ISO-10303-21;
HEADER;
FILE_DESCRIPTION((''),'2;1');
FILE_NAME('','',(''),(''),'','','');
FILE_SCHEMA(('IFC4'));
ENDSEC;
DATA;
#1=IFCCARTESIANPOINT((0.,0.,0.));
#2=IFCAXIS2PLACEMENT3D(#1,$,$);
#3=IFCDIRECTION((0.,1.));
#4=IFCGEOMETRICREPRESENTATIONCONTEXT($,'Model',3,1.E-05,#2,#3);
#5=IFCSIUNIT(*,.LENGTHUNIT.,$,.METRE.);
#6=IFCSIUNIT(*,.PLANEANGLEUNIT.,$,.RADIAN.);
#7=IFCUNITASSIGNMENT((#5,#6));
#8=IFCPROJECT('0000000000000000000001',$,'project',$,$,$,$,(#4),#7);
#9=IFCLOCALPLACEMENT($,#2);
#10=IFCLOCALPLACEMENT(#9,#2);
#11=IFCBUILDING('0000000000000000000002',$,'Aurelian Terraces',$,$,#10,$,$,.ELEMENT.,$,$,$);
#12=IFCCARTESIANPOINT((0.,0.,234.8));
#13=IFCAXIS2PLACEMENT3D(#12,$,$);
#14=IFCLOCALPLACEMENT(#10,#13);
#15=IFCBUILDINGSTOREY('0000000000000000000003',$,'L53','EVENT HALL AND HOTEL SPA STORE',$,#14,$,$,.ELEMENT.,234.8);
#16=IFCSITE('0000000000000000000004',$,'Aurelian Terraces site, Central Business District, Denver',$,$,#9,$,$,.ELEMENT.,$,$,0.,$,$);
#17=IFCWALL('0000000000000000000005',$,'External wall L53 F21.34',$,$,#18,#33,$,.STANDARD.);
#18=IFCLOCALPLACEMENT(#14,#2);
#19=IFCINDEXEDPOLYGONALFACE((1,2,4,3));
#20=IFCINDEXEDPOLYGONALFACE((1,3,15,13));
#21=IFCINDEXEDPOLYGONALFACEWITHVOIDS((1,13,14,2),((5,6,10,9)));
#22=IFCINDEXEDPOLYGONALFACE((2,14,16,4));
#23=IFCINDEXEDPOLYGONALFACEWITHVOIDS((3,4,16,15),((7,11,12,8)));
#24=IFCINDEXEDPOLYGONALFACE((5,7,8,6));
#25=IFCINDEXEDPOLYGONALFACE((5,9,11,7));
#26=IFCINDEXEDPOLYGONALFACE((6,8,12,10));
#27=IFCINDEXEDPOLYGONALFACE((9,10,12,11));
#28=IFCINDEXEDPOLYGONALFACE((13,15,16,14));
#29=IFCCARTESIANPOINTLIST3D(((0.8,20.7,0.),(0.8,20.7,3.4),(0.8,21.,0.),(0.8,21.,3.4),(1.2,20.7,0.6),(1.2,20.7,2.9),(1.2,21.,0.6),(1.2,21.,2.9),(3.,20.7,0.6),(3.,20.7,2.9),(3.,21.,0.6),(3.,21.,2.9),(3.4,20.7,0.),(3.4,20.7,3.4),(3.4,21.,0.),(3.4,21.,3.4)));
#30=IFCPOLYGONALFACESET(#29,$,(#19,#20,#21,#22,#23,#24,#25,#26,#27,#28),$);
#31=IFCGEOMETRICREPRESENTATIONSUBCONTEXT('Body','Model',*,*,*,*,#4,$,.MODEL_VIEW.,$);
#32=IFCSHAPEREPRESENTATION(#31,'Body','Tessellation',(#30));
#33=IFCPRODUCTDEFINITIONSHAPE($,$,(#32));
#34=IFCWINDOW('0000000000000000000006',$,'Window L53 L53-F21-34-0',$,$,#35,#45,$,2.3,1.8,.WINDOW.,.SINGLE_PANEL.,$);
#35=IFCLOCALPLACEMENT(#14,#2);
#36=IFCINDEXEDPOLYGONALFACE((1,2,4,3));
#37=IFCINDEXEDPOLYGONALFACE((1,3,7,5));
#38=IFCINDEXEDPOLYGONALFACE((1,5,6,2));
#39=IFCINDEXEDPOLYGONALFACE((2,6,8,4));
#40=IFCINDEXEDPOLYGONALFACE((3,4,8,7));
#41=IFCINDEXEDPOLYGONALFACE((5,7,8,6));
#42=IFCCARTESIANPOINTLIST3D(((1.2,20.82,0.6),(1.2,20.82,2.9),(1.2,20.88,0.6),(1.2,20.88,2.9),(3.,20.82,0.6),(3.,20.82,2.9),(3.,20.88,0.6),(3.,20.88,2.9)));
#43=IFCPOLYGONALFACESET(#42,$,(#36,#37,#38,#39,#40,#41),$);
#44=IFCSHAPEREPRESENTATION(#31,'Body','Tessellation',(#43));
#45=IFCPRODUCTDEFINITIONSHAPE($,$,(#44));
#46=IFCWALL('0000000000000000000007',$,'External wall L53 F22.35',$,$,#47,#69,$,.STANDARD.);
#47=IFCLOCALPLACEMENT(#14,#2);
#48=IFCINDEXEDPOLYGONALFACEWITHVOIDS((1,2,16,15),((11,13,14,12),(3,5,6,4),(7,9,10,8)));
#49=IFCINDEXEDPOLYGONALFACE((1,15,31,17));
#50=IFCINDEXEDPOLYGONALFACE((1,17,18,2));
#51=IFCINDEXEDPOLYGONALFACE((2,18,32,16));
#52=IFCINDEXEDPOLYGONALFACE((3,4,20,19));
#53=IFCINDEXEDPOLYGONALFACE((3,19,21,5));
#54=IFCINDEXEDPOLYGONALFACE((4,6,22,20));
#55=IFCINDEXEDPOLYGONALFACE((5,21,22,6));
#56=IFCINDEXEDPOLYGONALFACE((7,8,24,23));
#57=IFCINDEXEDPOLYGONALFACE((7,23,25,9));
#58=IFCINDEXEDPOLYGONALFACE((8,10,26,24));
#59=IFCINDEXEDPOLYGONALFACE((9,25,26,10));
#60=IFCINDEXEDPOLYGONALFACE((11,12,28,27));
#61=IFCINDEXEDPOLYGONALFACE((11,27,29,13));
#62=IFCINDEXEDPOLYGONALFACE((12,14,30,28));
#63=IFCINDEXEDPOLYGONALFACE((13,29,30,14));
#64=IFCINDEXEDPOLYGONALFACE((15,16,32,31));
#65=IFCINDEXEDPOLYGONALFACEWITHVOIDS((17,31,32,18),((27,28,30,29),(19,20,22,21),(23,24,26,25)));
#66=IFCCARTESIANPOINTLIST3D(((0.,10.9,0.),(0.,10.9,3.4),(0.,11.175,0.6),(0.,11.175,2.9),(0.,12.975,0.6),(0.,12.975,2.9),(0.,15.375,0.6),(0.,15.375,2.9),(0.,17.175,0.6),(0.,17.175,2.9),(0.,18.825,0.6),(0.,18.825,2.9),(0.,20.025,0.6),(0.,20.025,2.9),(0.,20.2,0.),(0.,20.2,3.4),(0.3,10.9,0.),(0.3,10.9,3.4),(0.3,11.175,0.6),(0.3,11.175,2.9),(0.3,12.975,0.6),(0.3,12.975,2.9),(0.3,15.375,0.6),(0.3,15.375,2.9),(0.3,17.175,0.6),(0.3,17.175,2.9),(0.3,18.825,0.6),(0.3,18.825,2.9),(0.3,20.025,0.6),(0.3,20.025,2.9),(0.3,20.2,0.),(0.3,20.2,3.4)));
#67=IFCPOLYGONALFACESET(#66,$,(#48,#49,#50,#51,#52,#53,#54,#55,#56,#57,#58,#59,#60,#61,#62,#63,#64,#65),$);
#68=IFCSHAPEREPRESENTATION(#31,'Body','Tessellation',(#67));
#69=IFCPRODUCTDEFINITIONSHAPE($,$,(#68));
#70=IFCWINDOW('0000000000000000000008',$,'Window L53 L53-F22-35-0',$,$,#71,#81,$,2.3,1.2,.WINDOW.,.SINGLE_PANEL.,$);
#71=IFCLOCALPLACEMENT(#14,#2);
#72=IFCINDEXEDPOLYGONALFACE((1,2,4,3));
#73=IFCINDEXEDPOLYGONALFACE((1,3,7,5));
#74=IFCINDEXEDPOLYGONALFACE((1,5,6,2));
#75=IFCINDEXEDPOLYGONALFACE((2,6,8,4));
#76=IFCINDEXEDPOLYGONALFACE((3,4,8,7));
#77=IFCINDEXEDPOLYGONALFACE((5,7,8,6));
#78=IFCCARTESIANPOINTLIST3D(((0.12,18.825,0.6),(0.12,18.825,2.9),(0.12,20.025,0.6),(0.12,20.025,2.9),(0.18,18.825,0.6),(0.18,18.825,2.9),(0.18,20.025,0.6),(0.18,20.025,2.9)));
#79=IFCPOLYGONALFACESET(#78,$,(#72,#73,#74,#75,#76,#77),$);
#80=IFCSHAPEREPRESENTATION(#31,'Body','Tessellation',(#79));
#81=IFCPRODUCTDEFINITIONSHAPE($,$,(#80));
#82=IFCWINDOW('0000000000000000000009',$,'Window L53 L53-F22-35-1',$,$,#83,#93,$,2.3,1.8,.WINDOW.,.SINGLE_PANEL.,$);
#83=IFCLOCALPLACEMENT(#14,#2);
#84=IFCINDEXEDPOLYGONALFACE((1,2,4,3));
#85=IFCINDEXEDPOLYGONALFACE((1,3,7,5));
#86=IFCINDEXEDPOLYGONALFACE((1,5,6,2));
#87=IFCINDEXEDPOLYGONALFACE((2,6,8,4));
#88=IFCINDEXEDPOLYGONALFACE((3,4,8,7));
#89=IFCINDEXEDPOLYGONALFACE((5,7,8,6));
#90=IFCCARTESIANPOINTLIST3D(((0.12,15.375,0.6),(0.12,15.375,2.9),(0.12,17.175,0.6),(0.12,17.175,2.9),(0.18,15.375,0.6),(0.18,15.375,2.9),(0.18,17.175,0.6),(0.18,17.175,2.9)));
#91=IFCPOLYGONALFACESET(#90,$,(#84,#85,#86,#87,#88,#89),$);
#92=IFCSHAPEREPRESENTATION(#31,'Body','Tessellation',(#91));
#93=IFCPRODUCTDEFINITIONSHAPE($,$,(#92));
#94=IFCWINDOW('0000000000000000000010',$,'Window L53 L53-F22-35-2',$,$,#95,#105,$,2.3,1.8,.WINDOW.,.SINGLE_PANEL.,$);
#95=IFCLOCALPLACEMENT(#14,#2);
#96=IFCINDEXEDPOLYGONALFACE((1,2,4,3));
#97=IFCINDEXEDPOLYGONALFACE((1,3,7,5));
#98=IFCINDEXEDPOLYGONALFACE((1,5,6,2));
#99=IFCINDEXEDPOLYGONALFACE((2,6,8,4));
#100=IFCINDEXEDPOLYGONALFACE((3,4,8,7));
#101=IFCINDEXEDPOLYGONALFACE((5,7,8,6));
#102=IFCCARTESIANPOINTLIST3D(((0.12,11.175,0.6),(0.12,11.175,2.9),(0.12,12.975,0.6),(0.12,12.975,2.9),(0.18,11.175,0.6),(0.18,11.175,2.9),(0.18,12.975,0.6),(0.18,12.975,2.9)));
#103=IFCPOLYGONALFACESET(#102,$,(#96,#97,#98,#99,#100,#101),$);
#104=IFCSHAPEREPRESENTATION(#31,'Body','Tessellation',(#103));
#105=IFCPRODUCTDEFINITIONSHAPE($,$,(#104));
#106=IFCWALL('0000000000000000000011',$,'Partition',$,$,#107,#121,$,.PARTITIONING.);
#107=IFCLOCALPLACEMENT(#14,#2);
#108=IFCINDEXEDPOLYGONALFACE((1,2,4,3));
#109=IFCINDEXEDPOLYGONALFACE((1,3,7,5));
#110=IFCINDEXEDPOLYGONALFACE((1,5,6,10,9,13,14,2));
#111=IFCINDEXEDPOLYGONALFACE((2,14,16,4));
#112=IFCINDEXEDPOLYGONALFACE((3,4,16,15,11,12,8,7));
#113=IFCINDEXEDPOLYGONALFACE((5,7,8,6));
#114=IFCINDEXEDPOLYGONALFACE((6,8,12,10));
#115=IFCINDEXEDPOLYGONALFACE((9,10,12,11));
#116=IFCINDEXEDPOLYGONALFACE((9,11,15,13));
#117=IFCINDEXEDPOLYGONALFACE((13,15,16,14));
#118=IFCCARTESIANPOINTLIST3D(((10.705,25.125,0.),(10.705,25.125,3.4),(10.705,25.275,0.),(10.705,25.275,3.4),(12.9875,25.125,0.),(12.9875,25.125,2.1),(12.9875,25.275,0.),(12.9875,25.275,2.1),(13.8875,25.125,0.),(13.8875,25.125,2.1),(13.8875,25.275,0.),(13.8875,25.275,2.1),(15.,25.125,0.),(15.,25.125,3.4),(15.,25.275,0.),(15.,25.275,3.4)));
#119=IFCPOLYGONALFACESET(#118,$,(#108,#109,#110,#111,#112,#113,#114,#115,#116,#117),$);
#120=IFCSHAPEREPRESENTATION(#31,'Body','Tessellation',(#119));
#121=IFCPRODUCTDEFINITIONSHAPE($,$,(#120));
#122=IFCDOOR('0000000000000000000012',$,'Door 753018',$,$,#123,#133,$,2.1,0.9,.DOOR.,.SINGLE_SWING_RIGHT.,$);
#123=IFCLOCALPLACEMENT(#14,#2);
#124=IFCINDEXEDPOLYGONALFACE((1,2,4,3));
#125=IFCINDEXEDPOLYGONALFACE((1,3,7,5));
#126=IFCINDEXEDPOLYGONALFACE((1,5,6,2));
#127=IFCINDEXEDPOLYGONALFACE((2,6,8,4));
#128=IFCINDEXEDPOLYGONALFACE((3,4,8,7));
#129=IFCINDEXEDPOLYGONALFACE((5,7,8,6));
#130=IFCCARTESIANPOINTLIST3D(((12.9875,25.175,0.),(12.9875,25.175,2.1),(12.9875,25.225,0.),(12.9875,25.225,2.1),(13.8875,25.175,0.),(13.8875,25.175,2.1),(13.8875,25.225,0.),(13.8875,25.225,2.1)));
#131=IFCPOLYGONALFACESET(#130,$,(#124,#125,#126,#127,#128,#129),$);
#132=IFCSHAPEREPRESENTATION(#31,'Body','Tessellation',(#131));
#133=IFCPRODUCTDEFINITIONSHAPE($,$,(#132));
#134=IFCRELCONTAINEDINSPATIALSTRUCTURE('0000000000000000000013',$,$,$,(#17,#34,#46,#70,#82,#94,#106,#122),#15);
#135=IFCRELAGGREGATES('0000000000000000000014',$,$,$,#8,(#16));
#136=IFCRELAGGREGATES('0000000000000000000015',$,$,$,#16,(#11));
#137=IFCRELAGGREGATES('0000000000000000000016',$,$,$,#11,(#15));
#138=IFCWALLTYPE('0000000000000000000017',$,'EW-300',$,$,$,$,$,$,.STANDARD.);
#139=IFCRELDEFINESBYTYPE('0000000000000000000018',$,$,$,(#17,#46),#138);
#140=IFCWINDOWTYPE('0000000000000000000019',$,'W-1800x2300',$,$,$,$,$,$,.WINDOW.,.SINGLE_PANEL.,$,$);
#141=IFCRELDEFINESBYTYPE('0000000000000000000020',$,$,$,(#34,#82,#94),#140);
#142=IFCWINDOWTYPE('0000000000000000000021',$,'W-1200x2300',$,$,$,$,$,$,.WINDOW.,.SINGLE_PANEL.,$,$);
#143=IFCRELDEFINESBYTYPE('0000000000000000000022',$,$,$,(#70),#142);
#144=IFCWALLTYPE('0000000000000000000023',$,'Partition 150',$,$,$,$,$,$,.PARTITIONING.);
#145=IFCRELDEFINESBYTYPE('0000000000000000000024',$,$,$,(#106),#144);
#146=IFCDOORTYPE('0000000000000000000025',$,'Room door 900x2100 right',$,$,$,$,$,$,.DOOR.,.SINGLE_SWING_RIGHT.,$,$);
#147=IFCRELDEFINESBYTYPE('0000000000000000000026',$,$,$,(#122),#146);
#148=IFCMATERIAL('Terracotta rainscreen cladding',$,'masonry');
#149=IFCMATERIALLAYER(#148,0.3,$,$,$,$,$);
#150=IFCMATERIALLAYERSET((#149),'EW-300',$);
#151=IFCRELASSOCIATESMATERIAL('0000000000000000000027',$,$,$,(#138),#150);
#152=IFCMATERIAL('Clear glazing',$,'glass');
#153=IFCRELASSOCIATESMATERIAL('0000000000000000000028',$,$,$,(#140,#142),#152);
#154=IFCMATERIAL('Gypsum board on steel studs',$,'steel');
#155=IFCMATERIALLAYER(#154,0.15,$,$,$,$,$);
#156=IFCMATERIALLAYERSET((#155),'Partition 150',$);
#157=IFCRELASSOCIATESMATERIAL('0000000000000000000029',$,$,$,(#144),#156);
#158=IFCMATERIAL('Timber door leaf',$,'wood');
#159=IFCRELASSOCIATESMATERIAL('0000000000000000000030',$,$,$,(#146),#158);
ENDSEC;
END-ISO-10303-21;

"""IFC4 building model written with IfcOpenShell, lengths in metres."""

from ifc_helpers import new_model, si_unit, direction, frame, frame_2d, origin, place, context, subcontext, project, spatial, rectangle, extrude, source, transform, mapped, material, layer, layer_set, type_object, element, fill, save


model = new_model("IFC4")

# Units and contexts
model_context = context("Model", 3, precision=1e-05, world=origin(), true_north=direction((0.0, 1.0)))
body_context = subcontext(model_context, "Body", "Model", "MODEL_VIEW")
ifc_project = project(units=[si_unit("LENGTHUNIT", "METRE"), si_unit("PLANEANGLEUNIT", "RADIAN")], contexts=[model_context])

# Site, building, storey
site_placement = place(None, origin())
site = spatial("IfcSite", under=ifc_project, at=site_placement, Name="Aurelian Terraces site, Central Business District, Denver", CompositionType="ELEMENT", RefElevation=0.0)
building_placement = place(site_placement, origin())
building = spatial("IfcBuilding", under=site, at=building_placement, Name="Aurelian Terraces", CompositionType="ELEMENT")
storey_placement = place(building_placement, frame((0.0, 0.0, 234.8)))
storey = spatial("IfcBuildingStorey", under=building, at=storey_placement, Name="L53", Description="EVENT HALL AND HOTEL SPA STORE", CompositionType="ELEMENT", Elevation=234.8)

# Shared definitions
ifc_material_1 = material(Name="Terracotta rainscreen cladding", Category="masonry")
ifc_layer_1 = layer(ifc_material_1, 0.3)
ifc_layer_set_1 = layer_set([ifc_layer_1], Name="EW-300")
wall_type_1 = type_object("IfcWallType", Name="EW-300", PredefinedType="STANDARD", material=ifc_layer_set_1)

# Shared definitions
shared_shape_1 = source(origin(), body_context, "Body", "SweptSolid", [
    extrude(rectangle(XDim=1.8, YDim=2.3, at=frame_2d((0.9, 1.15))), frame((0.0, 0.16, 0.0), z_axis=(0.0, -1.0, 0.0), x_axis=(1.0, 0.0, 0.0)), (0.0, 0.0, 1.0), 0.32),
])
ifc_material_2 = material(Name="Clear glazing", Category="glass")
window_type_1 = type_object("IfcWindowType", Name="W-1800x2300", PartitioningType="SINGLE_PANEL", PredefinedType="WINDOW", material=ifc_material_2)
shared_shape_2 = source(origin(), body_context, "Body", "SweptSolid", [
    extrude(rectangle(XDim=1.8, YDim=2.3, at=frame_2d((0.9, 1.15))), frame((0.0, 0.03, 0.0), z_axis=(0.0, -1.0, 0.0), x_axis=(1.0, 0.0, 0.0)), (0.0, 0.0, 1.0), 0.06),
])

# Wall, opening, window
shared_shape_3 = source(origin(), body_context, "Body", "SweptSolid", [
    extrude(rectangle(XDim=2.6, YDim=0.3, at=frame_2d((1.3, 0.0))), origin(), (0.0, 0.0, 1.0), 3.4),
])
wall_1_placement = place(storey_placement, frame((3.4, 20.85, 0.0), z_axis=(0.0, 0.0, 1.0), x_axis=(-1.0, 0.0, 0.0)))
wall_1 = element("IfcWall", 1, at=wall_1_placement, inside=storey, type_object=wall_type_1, Name="External wall L53 F21.34", PredefinedType="STANDARD", context=body_context, shape_type="MappedRepresentation", body=[
    mapped(shared_shape_3, transform((0.0, 0.0, 0.0), scale=1.0)),
])
opening_1_placement = place(wall_1_placement, frame((0.4, 0.0, 0.6)))
opening_1 = element("IfcOpeningElement", 2, at=opening_1_placement, cuts=wall_1, PredefinedType="OPENING", context=body_context, shape_type="MappedRepresentation", body=[
    mapped(shared_shape_1, transform((0.0, 0.0, 0.0), scale=1.0)),
])
window_1_placement = place(opening_1_placement, origin())
window_1 = element("IfcWindow", 3, at=window_1_placement, inside=storey, type_object=window_type_1, Name="Window L53 L53-F21-34-0", OverallHeight=2.3, OverallWidth=1.8, PartitioningType="SINGLE_PANEL", PredefinedType="WINDOW", context=body_context, shape_type="MappedRepresentation", body=[
    mapped(shared_shape_2, transform((0.0, 0.0, 0.0), scale=1.0)),
])
fill(opening_1, window_1)

# Wall, openings, windows
shared_shape_4 = source(origin(), body_context, "Body", "SweptSolid", [
    extrude(rectangle(XDim=9.3, YDim=0.3, at=frame_2d((4.65, 0.0))), origin(), (0.0, 0.0, 1.0), 3.4),
])
wall_2_placement = place(storey_placement, frame((0.15, 20.2, 0.0), z_axis=(0.0, 0.0, 1.0), x_axis=(0.0, -1.0, 0.0)))
wall_2 = element("IfcWall", 4, at=wall_2_placement, inside=storey, type_object=wall_type_1, Name="External wall L53 F22.35", PredefinedType="STANDARD", context=body_context, shape_type="MappedRepresentation", body=[
    mapped(shared_shape_4, transform((0.0, 0.0, 0.0), scale=1.0)),
])
shared_shape_5 = source(origin(), body_context, "Body", "SweptSolid", [
    extrude(rectangle(XDim=1.2, YDim=2.3, at=frame_2d((0.6, 1.15))), frame((0.0, 0.16, 0.0), z_axis=(0.0, -1.0, 0.0), x_axis=(1.0, 0.0, 0.0)), (0.0, 0.0, 1.0), 0.32),
])
opening_2_placement = place(wall_2_placement, frame((0.175, 0.0, 0.6)))
opening_2 = element("IfcOpeningElement", 5, at=opening_2_placement, cuts=wall_2, PredefinedType="OPENING", context=body_context, shape_type="MappedRepresentation", body=[
    mapped(shared_shape_5, transform((0.0, 0.0, 0.0), scale=1.0)),
])
opening_3_placement = place(wall_2_placement, frame((3.025, 0.0, 0.6)))
opening_3 = element("IfcOpeningElement", 6, at=opening_3_placement, cuts=wall_2, PredefinedType="OPENING", context=body_context, shape_type="MappedRepresentation", body=[
    mapped(shared_shape_1, transform((0.0, 0.0, 0.0), scale=1.0)),
])
opening_4_placement = place(wall_2_placement, frame((7.225, 0.0, 0.6)))
opening_4 = element("IfcOpeningElement", 7, at=opening_4_placement, cuts=wall_2, PredefinedType="OPENING", context=body_context, shape_type="MappedRepresentation", body=[
    mapped(shared_shape_1, transform((0.0, 0.0, 0.0), scale=1.0)),
])
window_type_2 = type_object("IfcWindowType", Name="W-1200x2300", PartitioningType="SINGLE_PANEL", PredefinedType="WINDOW", material=ifc_material_2)
shared_shape_6 = source(origin(), body_context, "Body", "SweptSolid", [
    extrude(rectangle(XDim=1.2, YDim=2.3, at=frame_2d((0.6, 1.15))), frame((0.0, 0.03, 0.0), z_axis=(0.0, -1.0, 0.0), x_axis=(1.0, 0.0, 0.0)), (0.0, 0.0, 1.0), 0.06),
])
window_2_placement = place(opening_2_placement, origin())
window_2 = element("IfcWindow", 8, at=window_2_placement, inside=storey, type_object=window_type_2, Name="Window L53 L53-F22-35-0", OverallHeight=2.3, OverallWidth=1.2, PartitioningType="SINGLE_PANEL", PredefinedType="WINDOW", context=body_context, shape_type="MappedRepresentation", body=[
    mapped(shared_shape_6, transform((0.0, 0.0, 0.0), scale=1.0)),
])
fill(opening_2, window_2)
window_3_placement = place(opening_3_placement, origin())
window_3 = element("IfcWindow", 9, at=window_3_placement, inside=storey, type_object=window_type_1, Name="Window L53 L53-F22-35-1", OverallHeight=2.3, OverallWidth=1.8, PartitioningType="SINGLE_PANEL", PredefinedType="WINDOW", context=body_context, shape_type="MappedRepresentation", body=[
    mapped(shared_shape_2, transform((0.0, 0.0, 0.0), scale=1.0)),
])
fill(opening_3, window_3)
window_4_placement = place(opening_4_placement, origin())
window_4 = element("IfcWindow", 10, at=window_4_placement, inside=storey, type_object=window_type_1, Name="Window L53 L53-F22-35-2", OverallHeight=2.3, OverallWidth=1.8, PartitioningType="SINGLE_PANEL", PredefinedType="WINDOW", context=body_context, shape_type="MappedRepresentation", body=[
    mapped(shared_shape_2, transform((0.0, 0.0, 0.0), scale=1.0)),
])
fill(opening_4, window_4)

# Wall, opening, door
ifc_material_3 = material(Name="Gypsum board on steel studs", Category="steel")
ifc_layer_2 = layer(ifc_material_3, 0.15)
ifc_layer_set_2 = layer_set([ifc_layer_2], Name="Partition 150")
wall_type_2 = type_object("IfcWallType", Name="Partition 150", PredefinedType="PARTITIONING", material=ifc_layer_set_2)
shared_shape_7 = source(origin(), body_context, "Body", "SweptSolid", [
    extrude(rectangle(XDim=4.295, YDim=0.15, at=frame_2d((2.1475, 0.0))), origin(), (0.0, 0.0, 1.0), 3.4),
])
wall_3_placement = place(storey_placement, frame((10.705, 25.2, 0.0), z_axis=(0.0, 0.0, 1.0), x_axis=(1.0, 0.0, 0.0)))
wall_3 = element("IfcWall", 11, at=wall_3_placement, inside=storey, type_object=wall_type_2, Name="Partition", PredefinedType="PARTITIONING", context=body_context, shape_type="MappedRepresentation", body=[
    mapped(shared_shape_7, transform((0.0, 0.0, 0.0), scale=1.0)),
])
shared_shape_8 = source(origin(), body_context, "Body", "SweptSolid", [
    extrude(rectangle(XDim=0.9, YDim=2.1, at=frame_2d((0.45, 1.05))), frame((0.0, 0.085, 0.0), z_axis=(0.0, -1.0, 0.0), x_axis=(1.0, 0.0, 0.0)), (0.0, 0.0, 1.0), 0.17),
])
opening_5_placement = place(wall_3_placement, frame((2.2825, 0.0, 0.0)))
opening_5 = element("IfcOpeningElement", 12, at=opening_5_placement, cuts=wall_3, PredefinedType="OPENING", context=body_context, shape_type="MappedRepresentation", body=[
    mapped(shared_shape_8, transform((0.0, 0.0, 0.0), scale=1.0)),
])
ifc_material_4 = material(Name="Timber door leaf", Category="wood")
door_type_1 = type_object("IfcDoorType", Name="Room door 900x2100 right", OperationType="SINGLE_SWING_RIGHT", PredefinedType="DOOR", material=ifc_material_4)
shared_shape_9 = source(origin(), body_context, "Body", "SweptSolid", [
    extrude(rectangle(XDim=0.9, YDim=2.1, at=frame_2d((0.45, 1.05))), frame((0.0, 0.025, 0.0), z_axis=(0.0, -1.0, 0.0), x_axis=(1.0, 0.0, 0.0)), (0.0, 0.0, 1.0), 0.05),
])
door_1_placement = place(opening_5_placement, origin())
door_1 = element("IfcDoor", 13, at=door_1_placement, inside=storey, type_object=door_type_1, Name="Door 753018", OperationType="SINGLE_SWING_RIGHT", OverallHeight=2.1, OverallWidth=0.9, PredefinedType="DOOR", context=body_context, shape_type="MappedRepresentation", body=[
    mapped(shared_shape_9, transform((0.0, 0.0, 0.0), scale=1.0)),
])
fill(opening_5, door_1)

save(model, "model.ifc")
